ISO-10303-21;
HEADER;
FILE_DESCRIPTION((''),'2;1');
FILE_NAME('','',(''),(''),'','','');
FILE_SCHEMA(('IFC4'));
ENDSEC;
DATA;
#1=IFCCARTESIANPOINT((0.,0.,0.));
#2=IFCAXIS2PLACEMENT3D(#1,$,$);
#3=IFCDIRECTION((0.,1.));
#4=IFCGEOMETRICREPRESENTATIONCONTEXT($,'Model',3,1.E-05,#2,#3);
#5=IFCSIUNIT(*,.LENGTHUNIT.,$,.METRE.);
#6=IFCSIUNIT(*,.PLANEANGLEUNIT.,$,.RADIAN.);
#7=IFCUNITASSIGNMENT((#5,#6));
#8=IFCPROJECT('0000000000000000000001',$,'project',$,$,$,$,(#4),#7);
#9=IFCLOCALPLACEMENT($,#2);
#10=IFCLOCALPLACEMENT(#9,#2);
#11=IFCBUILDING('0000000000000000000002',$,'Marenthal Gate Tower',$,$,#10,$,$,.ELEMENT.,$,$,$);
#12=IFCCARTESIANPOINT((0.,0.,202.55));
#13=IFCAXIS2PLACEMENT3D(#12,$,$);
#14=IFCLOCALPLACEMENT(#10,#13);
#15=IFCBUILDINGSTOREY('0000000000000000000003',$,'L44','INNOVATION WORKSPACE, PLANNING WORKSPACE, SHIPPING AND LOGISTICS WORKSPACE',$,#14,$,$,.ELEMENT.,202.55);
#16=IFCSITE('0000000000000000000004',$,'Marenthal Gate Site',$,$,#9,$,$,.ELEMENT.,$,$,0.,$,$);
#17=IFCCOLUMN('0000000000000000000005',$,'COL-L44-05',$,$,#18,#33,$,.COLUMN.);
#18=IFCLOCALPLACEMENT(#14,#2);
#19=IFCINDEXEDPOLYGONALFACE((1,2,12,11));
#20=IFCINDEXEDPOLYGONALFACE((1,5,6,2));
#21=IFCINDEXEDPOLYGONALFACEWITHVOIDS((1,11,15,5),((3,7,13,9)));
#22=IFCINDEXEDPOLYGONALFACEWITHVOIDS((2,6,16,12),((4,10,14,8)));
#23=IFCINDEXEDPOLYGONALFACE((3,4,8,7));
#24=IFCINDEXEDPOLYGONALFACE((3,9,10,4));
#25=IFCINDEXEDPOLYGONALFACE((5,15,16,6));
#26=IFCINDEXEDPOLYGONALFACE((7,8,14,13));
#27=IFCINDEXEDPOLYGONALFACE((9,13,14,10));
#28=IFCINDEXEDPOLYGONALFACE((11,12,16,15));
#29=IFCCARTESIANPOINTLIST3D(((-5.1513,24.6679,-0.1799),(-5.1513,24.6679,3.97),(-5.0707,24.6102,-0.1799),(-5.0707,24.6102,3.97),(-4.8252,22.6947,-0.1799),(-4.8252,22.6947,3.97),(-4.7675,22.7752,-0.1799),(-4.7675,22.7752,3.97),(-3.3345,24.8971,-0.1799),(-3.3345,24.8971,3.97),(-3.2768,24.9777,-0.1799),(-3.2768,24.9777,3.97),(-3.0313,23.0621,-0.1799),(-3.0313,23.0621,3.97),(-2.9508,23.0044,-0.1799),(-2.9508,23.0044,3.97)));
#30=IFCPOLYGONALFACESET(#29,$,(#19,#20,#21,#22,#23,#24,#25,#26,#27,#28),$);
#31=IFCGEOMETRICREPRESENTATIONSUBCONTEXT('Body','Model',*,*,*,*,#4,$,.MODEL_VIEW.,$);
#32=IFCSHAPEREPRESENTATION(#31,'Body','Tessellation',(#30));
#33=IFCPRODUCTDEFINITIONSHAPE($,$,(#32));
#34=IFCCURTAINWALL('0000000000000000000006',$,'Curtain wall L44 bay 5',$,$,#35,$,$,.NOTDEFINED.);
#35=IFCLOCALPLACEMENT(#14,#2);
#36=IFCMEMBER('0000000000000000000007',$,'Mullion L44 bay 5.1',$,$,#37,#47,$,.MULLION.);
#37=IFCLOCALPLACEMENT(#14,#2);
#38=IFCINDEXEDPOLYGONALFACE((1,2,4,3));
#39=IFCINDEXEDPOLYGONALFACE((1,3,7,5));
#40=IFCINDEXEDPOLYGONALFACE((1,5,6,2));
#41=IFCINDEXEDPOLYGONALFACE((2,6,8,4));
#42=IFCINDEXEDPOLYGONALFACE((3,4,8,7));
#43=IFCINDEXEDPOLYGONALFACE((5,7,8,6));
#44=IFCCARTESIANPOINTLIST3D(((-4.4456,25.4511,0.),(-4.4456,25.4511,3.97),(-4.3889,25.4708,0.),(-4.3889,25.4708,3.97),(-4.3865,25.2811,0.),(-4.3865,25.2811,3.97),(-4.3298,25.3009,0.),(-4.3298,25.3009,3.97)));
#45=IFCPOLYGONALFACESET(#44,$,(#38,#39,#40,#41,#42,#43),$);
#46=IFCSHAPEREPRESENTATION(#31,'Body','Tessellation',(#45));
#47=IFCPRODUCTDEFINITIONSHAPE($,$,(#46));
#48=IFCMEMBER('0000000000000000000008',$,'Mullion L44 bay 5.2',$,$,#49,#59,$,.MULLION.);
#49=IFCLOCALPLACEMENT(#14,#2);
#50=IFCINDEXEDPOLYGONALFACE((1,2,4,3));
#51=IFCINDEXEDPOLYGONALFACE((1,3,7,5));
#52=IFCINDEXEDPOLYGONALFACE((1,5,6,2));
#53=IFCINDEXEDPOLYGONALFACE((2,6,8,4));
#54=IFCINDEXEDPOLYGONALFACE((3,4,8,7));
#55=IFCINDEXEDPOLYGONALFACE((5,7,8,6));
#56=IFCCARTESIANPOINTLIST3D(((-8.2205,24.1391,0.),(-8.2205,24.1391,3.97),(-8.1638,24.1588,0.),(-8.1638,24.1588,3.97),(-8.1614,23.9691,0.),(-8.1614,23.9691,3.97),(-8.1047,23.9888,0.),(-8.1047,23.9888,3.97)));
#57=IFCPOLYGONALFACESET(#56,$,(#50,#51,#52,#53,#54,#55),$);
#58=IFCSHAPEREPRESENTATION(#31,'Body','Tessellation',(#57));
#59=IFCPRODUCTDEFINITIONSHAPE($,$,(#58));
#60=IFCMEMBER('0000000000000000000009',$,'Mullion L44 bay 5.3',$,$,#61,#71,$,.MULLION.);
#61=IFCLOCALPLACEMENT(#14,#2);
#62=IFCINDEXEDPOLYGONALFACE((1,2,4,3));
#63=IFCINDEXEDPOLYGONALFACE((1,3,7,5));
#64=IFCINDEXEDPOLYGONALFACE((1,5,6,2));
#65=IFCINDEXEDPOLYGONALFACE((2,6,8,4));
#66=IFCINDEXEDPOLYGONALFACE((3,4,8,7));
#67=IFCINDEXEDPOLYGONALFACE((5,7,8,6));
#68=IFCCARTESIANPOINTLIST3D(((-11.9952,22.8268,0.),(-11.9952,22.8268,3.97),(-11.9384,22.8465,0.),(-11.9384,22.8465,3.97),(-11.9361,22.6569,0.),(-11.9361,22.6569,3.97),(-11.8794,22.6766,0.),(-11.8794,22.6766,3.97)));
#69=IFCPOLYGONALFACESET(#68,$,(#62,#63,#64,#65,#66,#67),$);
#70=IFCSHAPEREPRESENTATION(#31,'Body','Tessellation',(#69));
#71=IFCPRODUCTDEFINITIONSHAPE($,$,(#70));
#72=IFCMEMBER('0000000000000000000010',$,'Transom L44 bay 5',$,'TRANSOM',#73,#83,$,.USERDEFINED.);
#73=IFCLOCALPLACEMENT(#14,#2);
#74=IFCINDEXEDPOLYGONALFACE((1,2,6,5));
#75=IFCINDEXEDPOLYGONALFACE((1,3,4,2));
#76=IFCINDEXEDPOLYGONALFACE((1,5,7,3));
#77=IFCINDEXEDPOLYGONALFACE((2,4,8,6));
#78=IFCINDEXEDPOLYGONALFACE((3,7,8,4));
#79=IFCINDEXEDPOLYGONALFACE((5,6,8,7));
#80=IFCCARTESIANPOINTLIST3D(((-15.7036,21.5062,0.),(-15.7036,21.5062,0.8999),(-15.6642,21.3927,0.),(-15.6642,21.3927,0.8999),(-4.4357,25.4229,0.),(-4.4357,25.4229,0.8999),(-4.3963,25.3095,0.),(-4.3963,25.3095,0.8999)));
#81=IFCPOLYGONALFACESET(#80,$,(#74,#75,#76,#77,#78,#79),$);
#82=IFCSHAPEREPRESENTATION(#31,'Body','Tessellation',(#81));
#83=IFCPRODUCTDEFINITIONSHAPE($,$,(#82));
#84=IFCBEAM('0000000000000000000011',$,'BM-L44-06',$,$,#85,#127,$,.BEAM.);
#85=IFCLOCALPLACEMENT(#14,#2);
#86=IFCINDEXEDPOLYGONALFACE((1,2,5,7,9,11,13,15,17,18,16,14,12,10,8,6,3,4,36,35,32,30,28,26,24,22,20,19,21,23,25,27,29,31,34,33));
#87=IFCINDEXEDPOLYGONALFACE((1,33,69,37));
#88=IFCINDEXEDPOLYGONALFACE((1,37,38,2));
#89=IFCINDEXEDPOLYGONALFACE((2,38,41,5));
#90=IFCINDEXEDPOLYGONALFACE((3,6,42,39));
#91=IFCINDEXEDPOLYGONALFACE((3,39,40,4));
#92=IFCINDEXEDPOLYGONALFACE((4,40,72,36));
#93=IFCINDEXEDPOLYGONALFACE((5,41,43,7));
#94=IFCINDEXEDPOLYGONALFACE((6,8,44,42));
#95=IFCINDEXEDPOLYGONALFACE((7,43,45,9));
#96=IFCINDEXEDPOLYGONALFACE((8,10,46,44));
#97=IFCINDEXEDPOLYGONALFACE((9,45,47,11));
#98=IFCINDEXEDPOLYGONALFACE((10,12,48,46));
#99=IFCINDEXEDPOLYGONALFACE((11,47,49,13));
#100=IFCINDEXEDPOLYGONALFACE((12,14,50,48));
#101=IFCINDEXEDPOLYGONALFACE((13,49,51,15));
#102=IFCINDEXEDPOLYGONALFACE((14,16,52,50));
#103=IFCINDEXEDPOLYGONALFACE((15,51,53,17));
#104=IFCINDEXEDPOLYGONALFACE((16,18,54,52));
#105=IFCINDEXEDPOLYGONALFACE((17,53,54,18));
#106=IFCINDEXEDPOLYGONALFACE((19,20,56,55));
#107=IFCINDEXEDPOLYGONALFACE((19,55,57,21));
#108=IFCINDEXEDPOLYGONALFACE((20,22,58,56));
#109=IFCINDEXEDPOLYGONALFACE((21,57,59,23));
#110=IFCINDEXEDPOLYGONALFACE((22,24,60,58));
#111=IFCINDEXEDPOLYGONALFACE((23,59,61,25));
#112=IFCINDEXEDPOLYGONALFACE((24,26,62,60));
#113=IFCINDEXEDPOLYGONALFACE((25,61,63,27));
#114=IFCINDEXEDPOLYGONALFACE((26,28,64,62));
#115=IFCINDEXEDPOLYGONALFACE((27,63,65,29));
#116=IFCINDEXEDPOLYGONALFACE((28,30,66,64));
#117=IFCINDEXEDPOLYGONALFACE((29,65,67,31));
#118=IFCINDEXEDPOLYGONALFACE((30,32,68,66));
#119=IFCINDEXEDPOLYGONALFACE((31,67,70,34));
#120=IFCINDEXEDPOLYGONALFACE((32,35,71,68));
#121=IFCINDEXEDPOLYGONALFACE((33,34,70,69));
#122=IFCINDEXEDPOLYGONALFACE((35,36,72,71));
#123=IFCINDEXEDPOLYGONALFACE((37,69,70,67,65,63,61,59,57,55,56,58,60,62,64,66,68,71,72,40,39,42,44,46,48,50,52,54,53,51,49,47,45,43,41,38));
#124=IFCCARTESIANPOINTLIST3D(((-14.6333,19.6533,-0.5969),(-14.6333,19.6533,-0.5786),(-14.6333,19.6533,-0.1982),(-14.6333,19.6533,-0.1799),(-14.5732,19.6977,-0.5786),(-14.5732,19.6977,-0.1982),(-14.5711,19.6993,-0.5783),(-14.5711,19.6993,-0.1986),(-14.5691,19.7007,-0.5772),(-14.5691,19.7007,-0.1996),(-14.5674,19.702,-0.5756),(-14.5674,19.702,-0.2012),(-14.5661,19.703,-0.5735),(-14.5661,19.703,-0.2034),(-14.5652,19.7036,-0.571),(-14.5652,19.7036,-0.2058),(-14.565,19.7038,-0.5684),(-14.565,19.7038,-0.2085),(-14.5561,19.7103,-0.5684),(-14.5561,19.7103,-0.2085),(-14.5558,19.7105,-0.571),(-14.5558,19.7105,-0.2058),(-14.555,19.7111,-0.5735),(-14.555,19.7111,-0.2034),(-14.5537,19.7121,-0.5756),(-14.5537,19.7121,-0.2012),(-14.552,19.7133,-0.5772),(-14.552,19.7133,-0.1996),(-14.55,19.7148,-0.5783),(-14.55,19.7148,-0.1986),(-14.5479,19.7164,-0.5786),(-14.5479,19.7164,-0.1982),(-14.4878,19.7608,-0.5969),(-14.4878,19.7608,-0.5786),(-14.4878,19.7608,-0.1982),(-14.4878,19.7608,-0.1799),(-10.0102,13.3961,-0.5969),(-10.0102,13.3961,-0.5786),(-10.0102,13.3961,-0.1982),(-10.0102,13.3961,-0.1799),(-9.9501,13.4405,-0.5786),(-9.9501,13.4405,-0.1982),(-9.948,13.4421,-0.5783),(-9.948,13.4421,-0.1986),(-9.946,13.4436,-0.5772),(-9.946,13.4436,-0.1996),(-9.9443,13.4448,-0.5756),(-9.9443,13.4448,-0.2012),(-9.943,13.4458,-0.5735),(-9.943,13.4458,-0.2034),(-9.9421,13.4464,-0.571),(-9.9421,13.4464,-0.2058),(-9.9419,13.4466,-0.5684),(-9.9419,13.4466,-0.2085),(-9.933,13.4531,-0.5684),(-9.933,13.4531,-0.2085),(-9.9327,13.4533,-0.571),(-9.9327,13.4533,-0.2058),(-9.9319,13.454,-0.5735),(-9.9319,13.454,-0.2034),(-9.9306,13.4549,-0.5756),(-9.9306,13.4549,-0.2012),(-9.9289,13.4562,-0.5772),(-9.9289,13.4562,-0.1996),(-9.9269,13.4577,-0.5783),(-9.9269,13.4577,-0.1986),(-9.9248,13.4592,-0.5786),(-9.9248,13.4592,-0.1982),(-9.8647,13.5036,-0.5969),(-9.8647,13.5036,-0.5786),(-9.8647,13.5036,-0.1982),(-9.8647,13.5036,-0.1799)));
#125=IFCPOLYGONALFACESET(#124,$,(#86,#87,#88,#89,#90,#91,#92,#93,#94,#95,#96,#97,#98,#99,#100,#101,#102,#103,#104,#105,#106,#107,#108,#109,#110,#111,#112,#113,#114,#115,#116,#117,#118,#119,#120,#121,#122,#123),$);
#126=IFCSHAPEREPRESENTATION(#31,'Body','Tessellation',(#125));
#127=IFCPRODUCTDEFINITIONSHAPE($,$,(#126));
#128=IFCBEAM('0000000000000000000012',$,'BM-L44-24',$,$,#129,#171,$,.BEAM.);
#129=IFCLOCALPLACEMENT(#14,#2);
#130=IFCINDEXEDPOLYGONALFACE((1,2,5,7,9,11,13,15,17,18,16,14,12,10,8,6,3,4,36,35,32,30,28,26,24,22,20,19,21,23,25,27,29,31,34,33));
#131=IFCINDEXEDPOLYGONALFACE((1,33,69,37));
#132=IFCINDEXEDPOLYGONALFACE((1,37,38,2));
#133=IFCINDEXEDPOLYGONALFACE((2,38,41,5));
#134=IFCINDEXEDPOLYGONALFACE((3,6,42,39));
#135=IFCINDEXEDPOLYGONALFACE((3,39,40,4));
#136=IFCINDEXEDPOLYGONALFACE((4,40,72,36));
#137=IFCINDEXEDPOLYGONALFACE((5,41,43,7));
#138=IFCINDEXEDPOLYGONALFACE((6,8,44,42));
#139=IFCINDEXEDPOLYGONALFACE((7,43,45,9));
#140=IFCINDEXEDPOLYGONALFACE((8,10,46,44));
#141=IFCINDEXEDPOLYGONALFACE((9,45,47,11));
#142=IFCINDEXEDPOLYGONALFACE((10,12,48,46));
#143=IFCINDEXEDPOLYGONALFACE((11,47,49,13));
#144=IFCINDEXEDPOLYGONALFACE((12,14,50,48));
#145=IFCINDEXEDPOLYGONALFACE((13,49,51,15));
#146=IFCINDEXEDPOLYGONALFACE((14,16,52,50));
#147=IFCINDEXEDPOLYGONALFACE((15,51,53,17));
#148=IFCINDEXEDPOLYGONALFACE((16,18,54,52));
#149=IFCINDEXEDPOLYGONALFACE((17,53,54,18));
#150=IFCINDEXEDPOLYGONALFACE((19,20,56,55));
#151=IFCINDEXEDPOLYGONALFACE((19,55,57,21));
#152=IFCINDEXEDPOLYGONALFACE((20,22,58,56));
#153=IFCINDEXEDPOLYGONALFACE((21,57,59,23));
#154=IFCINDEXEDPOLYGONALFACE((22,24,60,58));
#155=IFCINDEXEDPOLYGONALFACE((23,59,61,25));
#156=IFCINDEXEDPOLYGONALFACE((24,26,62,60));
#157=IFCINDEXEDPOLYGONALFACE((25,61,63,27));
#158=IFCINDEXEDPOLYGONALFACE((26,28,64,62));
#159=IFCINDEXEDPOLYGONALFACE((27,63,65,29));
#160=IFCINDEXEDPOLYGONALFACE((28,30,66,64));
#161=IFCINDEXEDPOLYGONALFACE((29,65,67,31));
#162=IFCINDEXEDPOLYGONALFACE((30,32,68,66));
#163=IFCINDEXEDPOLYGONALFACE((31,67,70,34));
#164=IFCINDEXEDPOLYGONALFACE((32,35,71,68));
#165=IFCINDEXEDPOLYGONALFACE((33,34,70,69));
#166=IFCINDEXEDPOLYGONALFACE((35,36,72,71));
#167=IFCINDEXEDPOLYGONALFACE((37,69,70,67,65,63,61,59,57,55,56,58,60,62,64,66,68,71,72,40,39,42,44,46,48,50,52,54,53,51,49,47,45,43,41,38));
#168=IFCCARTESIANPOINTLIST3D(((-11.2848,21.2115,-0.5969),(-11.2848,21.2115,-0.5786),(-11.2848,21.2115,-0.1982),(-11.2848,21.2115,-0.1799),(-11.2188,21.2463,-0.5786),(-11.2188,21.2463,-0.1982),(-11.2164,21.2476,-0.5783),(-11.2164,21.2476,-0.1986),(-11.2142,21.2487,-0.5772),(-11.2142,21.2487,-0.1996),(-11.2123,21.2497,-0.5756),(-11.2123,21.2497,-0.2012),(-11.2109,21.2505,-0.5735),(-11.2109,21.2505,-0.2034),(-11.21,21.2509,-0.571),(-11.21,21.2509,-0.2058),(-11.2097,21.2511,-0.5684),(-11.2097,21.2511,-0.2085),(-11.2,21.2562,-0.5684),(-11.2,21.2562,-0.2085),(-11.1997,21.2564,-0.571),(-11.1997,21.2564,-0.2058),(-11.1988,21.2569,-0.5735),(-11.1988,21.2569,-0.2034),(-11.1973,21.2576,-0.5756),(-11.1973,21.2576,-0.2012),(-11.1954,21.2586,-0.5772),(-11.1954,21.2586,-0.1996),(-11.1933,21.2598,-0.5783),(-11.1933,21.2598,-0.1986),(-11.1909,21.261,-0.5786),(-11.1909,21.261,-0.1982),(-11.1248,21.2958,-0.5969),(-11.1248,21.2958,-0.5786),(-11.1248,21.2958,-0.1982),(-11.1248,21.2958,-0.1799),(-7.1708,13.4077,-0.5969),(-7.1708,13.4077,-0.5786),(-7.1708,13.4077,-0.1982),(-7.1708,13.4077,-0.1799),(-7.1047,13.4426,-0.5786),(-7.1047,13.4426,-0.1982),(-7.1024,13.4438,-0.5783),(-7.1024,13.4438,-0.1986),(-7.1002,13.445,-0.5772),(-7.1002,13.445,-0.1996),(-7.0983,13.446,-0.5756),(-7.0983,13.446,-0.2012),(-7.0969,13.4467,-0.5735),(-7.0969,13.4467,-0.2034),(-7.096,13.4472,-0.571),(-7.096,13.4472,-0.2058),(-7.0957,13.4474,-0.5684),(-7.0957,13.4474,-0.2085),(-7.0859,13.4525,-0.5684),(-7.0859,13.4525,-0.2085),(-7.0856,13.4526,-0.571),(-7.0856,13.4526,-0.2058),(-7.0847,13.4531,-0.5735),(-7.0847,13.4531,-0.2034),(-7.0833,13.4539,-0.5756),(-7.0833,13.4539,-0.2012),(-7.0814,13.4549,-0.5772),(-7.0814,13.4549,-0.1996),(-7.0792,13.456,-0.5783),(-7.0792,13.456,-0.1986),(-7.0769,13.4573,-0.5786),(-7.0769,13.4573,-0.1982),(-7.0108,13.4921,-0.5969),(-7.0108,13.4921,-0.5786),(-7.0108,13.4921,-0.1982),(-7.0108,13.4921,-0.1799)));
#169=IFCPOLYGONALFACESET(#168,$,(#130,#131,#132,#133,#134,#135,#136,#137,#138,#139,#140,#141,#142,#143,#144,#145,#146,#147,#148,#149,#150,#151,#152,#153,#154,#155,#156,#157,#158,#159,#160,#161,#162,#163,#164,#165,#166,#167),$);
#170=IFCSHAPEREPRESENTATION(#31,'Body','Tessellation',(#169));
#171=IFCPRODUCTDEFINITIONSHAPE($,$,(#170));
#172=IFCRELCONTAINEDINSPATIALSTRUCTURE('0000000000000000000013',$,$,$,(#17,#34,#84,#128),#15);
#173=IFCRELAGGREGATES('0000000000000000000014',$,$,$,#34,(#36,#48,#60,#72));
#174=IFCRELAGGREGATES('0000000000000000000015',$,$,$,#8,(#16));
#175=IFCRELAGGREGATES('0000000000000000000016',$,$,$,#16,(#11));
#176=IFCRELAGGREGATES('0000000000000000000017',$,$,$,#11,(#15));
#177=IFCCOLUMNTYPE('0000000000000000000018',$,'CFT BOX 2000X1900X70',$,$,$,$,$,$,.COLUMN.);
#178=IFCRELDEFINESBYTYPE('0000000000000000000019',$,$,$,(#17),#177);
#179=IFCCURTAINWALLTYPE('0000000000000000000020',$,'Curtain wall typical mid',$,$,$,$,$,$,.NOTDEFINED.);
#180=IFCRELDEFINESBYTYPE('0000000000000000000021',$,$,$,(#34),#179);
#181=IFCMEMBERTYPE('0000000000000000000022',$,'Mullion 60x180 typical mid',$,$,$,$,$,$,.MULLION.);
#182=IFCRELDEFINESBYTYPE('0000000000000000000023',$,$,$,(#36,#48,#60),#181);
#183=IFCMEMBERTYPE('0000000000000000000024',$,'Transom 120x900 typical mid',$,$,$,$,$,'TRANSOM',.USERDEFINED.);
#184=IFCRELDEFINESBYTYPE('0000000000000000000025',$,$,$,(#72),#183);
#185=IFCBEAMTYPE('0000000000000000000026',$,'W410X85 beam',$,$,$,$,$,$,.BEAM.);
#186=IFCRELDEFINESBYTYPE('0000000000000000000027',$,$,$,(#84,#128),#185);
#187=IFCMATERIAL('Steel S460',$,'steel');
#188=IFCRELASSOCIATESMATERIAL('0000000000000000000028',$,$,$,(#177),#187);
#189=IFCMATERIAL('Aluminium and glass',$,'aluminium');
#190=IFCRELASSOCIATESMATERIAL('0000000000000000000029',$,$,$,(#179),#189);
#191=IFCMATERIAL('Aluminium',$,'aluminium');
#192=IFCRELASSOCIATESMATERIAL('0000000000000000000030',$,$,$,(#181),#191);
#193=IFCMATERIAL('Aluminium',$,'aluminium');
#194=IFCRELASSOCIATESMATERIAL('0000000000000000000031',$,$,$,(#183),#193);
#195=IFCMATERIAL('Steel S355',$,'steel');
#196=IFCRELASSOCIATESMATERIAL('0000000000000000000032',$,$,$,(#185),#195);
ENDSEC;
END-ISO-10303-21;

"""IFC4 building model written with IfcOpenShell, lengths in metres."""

from ifc_helpers import new_model, si_unit, direction, frame, origin, origin_2d, place, context, subcontext, project, spatial, rectangle, hollow_rectangle, i_section, extrude, material, material_profile, profile_set, type_object, element, aggregate, save


model = new_model("IFC4")

# Units and contexts
model_context = context("Model", 3, precision=1e-05, world=origin(), true_north=direction((0.0, 1.0)))
body_context = subcontext(model_context, "Body", "Model", "MODEL_VIEW")
ifc_project = project(units=[si_unit("LENGTHUNIT", "METRE"), si_unit("PLANEANGLEUNIT", "RADIAN")], contexts=[model_context])

# Site, building, storey
site_placement = place(None, origin())
site = spatial("IfcSite", under=ifc_project, at=site_placement, Name="Marenthal Gate Site", CompositionType="ELEMENT", RefElevation=0.0)
building_placement = place(site_placement, origin())
building = spatial("IfcBuilding", under=site, at=building_placement, Name="Marenthal Gate Tower", CompositionType="ELEMENT")
storey_placement = place(building_placement, frame((0.0, 0.0, 202.55)))
storey = spatial("IfcBuildingStorey", under=building, at=storey_placement, Name="L44", Description="INNOVATION WORKSPACE, PLANNING WORKSPACE, SHIPPING AND LOGISTICS WORKSPACE", CompositionType="ELEMENT", Elevation=202.55)

# Column
ifc_material_1 = material(Name="Steel S460", Category="steel")
ifc_material_profile_1 = material_profile(ifc_material_1, hollow_rectangle(XDim=1.8999, YDim=2.0, WallThickness=0.0701, at=origin_2d()), Name="CFT BOX 2000X1900X70")
ifc_material_2 = material(Name="Concrete 70 MPa", Category="concrete")
ifc_material_profile_2 = material_profile(ifc_material_2, rectangle(XDim=1.76, YDim=1.8601, at=origin_2d()), Name="CFT BOX 2000X1900X70 INFILL")
ifc_profile_set_1 = profile_set([ifc_material_profile_1, ifc_material_profile_2], Name="Steel S460 shell, Concrete 70 MPa infill")
column_type = type_object("IfcColumnType", Name="CFT BOX 2000X1900X70", PredefinedType="COLUMN", material=ifc_profile_set_1)
column_placement = place(storey_placement, frame((-4.051, 23.8362, -0.1799), z_axis=(0.0, 0.0, 1.0), x_axis=(0.986621, 0.16303, 0.0)))
element("IfcColumn", 1, at=column_placement, inside=storey, type_object=column_type, Name="COL-L44-05", PredefinedType="COLUMN", context=body_context, shape_type="SweptSolid", body=[
    extrude(hollow_rectangle(XDim=1.8999, YDim=2.0, WallThickness=0.0701, at=origin_2d()), origin(), (0.0, 0.0, 1.0), 4.1499),
])

# Curtain wall, members
ifc_material_3 = material(Name="Aluminium and glass", Category="aluminium")
curtain_wall_type = type_object("IfcCurtainWallType", Name="Curtain wall typical mid", PredefinedType="NOTDEFINED", material=ifc_material_3)
curtain_wall_placement = place(storey_placement, origin())
curtain_wall = element("IfcCurtainWall", 2, at=curtain_wall_placement, inside=storey, type_object=curtain_wall_type, Name="Curtain wall L44 bay 5", PredefinedType="NOTDEFINED")
ifc_material_4 = material(Name="Aluminium", Category="aluminium")
ifc_material_profile_3 = material_profile(ifc_material_4, rectangle(XDim=0.1799, YDim=0.0601, at=origin_2d()), Name="60x180 aluminium mullion")
ifc_profile_set_2 = profile_set([ifc_material_profile_3], Name="Aluminium")
member_type_1 = type_object("IfcMemberType", Name="Mullion 60x180 typical mid", PredefinedType="MULLION", material=ifc_profile_set_2)
member_1_placement = place(storey_placement, frame((-4.3877, 25.376, 0.0), z_axis=(0.0, 0.0, 1.0), x_axis=(0.328332, -0.944562, 0.0)))
member_1 = element("IfcMember", 3, at=member_1_placement, type_object=member_type_1, Name="Mullion L44 bay 5.1", PredefinedType="MULLION", context=body_context, shape_type="SweptSolid", body=[
    extrude(rectangle(XDim=0.1799, YDim=0.0601, at=origin_2d()), origin(), (0.0, 0.0, 1.0), 3.97),
])
member_2_placement = place(storey_placement, frame((-8.1626, 24.064, 0.0), z_axis=(0.0, 0.0, 1.0), x_axis=(0.328332, -0.944562, 0.0)))
member_2 = element("IfcMember", 4, at=member_2_placement, type_object=member_type_1, Name="Mullion L44 bay 5.2", PredefinedType="MULLION", context=body_context, shape_type="SweptSolid", body=[
    extrude(rectangle(XDim=0.1799, YDim=0.0601, at=origin_2d()), origin(), (0.0, 0.0, 1.0), 3.97),
])
member_3_placement = place(storey_placement, frame((-11.9373, 22.7517, 0.0), z_axis=(0.0, 0.0, 1.0), x_axis=(0.328332, -0.944562, 0.0)))
member_3 = element("IfcMember", 5, at=member_3_placement, type_object=member_type_1, Name="Mullion L44 bay 5.3", PredefinedType="MULLION", context=body_context, shape_type="SweptSolid", body=[
    extrude(rectangle(XDim=0.1799, YDim=0.0601, at=origin_2d()), origin(), (0.0, 0.0, 1.0), 3.97),
])
ifc_material_5 = material(Name="Aluminium", Category="aluminium")
ifc_material_profile_4 = material_profile(ifc_material_5, rectangle(XDim=0.1201, YDim=0.8999, at=origin_2d()), Name="120x900 aluminium transom")
ifc_profile_set_3 = profile_set([ifc_material_profile_4], Name="Aluminium")
member_type_2 = type_object("IfcMemberType", Name="Transom 120x900 typical mid", ElementType="TRANSOM", PredefinedType="USERDEFINED", material=ifc_profile_set_3)
member_4_placement = place(storey_placement, frame((-4.416, 25.3662, 0.45), z_axis=(-0.944562, -0.328334, 0.0), x_axis=(0.328334, -0.944562, 0.0)))
member_4 = element("IfcMember", 6, at=member_4_placement, type_object=member_type_2, Name="Transom L44 bay 5", ObjectType="TRANSOM", PredefinedType="USERDEFINED", context=body_context, shape_type="SweptSolid", body=[
    extrude(rectangle(XDim=0.1201, YDim=0.8999, at=origin_2d()), origin(), (0.0, 0.0, 1.0), 11.9292),
])

# Beams
ifc_material_6 = material(Name="Steel S355", Category="steel")
ifc_material_profile_5 = material_profile(ifc_material_6, i_section(OverallWidth=0.1809, OverallDepth=0.417, WebThickness=0.011, FlangeThickness=0.0183, FilletRadius=0.0103, at=origin_2d()), Name="W410X85")
ifc_profile_set_4 = profile_set([ifc_material_profile_5], Name="Steel S355")
beam_type_1 = type_object("IfcBeamType", Name="W410X85 beam", PredefinedType="BEAM", material=ifc_profile_set_4)
beam_1_placement = place(storey_placement, frame((-14.5605, 19.707, -0.3884), z_axis=(0.594245, -0.804284, 0.0), x_axis=(0.804284, 0.594245, 0.0)))
element("IfcBeam", 7, at=beam_1_placement, inside=storey, type_object=beam_type_1, Name="BM-L44-06", PredefinedType="BEAM", context=body_context, shape_type="SweptSolid", body=[
    extrude(i_section(OverallWidth=0.1809, OverallDepth=0.417, WebThickness=0.011, FlangeThickness=0.0183, FilletRadius=0.0103, at=origin_2d()), origin(), (0.0, 0.0, 1.0), 7.7798),
])
beam_2_placement = place(storey_placement, frame((-11.2048, 21.2537, -0.3884), z_axis=(0.46635, -0.8846, 0.0), x_axis=(0.8846, 0.46635, 0.0)))
element("IfcBeam", 8, at=beam_2_placement, inside=storey, type_object=beam_type_1, Name="BM-L44-24", PredefinedType="BEAM", context=body_context, shape_type="SweptSolid", body=[
    extrude(i_section(OverallWidth=0.1809, OverallDepth=0.417, WebThickness=0.011, FlangeThickness=0.0183, FilletRadius=0.0103, at=origin_2d()), origin(), (0.0, 0.0, 1.0), 8.8218),
])

aggregate(curtain_wall, [member_1, member_2, member_3, member_4])

save(model, "model.ifc")
